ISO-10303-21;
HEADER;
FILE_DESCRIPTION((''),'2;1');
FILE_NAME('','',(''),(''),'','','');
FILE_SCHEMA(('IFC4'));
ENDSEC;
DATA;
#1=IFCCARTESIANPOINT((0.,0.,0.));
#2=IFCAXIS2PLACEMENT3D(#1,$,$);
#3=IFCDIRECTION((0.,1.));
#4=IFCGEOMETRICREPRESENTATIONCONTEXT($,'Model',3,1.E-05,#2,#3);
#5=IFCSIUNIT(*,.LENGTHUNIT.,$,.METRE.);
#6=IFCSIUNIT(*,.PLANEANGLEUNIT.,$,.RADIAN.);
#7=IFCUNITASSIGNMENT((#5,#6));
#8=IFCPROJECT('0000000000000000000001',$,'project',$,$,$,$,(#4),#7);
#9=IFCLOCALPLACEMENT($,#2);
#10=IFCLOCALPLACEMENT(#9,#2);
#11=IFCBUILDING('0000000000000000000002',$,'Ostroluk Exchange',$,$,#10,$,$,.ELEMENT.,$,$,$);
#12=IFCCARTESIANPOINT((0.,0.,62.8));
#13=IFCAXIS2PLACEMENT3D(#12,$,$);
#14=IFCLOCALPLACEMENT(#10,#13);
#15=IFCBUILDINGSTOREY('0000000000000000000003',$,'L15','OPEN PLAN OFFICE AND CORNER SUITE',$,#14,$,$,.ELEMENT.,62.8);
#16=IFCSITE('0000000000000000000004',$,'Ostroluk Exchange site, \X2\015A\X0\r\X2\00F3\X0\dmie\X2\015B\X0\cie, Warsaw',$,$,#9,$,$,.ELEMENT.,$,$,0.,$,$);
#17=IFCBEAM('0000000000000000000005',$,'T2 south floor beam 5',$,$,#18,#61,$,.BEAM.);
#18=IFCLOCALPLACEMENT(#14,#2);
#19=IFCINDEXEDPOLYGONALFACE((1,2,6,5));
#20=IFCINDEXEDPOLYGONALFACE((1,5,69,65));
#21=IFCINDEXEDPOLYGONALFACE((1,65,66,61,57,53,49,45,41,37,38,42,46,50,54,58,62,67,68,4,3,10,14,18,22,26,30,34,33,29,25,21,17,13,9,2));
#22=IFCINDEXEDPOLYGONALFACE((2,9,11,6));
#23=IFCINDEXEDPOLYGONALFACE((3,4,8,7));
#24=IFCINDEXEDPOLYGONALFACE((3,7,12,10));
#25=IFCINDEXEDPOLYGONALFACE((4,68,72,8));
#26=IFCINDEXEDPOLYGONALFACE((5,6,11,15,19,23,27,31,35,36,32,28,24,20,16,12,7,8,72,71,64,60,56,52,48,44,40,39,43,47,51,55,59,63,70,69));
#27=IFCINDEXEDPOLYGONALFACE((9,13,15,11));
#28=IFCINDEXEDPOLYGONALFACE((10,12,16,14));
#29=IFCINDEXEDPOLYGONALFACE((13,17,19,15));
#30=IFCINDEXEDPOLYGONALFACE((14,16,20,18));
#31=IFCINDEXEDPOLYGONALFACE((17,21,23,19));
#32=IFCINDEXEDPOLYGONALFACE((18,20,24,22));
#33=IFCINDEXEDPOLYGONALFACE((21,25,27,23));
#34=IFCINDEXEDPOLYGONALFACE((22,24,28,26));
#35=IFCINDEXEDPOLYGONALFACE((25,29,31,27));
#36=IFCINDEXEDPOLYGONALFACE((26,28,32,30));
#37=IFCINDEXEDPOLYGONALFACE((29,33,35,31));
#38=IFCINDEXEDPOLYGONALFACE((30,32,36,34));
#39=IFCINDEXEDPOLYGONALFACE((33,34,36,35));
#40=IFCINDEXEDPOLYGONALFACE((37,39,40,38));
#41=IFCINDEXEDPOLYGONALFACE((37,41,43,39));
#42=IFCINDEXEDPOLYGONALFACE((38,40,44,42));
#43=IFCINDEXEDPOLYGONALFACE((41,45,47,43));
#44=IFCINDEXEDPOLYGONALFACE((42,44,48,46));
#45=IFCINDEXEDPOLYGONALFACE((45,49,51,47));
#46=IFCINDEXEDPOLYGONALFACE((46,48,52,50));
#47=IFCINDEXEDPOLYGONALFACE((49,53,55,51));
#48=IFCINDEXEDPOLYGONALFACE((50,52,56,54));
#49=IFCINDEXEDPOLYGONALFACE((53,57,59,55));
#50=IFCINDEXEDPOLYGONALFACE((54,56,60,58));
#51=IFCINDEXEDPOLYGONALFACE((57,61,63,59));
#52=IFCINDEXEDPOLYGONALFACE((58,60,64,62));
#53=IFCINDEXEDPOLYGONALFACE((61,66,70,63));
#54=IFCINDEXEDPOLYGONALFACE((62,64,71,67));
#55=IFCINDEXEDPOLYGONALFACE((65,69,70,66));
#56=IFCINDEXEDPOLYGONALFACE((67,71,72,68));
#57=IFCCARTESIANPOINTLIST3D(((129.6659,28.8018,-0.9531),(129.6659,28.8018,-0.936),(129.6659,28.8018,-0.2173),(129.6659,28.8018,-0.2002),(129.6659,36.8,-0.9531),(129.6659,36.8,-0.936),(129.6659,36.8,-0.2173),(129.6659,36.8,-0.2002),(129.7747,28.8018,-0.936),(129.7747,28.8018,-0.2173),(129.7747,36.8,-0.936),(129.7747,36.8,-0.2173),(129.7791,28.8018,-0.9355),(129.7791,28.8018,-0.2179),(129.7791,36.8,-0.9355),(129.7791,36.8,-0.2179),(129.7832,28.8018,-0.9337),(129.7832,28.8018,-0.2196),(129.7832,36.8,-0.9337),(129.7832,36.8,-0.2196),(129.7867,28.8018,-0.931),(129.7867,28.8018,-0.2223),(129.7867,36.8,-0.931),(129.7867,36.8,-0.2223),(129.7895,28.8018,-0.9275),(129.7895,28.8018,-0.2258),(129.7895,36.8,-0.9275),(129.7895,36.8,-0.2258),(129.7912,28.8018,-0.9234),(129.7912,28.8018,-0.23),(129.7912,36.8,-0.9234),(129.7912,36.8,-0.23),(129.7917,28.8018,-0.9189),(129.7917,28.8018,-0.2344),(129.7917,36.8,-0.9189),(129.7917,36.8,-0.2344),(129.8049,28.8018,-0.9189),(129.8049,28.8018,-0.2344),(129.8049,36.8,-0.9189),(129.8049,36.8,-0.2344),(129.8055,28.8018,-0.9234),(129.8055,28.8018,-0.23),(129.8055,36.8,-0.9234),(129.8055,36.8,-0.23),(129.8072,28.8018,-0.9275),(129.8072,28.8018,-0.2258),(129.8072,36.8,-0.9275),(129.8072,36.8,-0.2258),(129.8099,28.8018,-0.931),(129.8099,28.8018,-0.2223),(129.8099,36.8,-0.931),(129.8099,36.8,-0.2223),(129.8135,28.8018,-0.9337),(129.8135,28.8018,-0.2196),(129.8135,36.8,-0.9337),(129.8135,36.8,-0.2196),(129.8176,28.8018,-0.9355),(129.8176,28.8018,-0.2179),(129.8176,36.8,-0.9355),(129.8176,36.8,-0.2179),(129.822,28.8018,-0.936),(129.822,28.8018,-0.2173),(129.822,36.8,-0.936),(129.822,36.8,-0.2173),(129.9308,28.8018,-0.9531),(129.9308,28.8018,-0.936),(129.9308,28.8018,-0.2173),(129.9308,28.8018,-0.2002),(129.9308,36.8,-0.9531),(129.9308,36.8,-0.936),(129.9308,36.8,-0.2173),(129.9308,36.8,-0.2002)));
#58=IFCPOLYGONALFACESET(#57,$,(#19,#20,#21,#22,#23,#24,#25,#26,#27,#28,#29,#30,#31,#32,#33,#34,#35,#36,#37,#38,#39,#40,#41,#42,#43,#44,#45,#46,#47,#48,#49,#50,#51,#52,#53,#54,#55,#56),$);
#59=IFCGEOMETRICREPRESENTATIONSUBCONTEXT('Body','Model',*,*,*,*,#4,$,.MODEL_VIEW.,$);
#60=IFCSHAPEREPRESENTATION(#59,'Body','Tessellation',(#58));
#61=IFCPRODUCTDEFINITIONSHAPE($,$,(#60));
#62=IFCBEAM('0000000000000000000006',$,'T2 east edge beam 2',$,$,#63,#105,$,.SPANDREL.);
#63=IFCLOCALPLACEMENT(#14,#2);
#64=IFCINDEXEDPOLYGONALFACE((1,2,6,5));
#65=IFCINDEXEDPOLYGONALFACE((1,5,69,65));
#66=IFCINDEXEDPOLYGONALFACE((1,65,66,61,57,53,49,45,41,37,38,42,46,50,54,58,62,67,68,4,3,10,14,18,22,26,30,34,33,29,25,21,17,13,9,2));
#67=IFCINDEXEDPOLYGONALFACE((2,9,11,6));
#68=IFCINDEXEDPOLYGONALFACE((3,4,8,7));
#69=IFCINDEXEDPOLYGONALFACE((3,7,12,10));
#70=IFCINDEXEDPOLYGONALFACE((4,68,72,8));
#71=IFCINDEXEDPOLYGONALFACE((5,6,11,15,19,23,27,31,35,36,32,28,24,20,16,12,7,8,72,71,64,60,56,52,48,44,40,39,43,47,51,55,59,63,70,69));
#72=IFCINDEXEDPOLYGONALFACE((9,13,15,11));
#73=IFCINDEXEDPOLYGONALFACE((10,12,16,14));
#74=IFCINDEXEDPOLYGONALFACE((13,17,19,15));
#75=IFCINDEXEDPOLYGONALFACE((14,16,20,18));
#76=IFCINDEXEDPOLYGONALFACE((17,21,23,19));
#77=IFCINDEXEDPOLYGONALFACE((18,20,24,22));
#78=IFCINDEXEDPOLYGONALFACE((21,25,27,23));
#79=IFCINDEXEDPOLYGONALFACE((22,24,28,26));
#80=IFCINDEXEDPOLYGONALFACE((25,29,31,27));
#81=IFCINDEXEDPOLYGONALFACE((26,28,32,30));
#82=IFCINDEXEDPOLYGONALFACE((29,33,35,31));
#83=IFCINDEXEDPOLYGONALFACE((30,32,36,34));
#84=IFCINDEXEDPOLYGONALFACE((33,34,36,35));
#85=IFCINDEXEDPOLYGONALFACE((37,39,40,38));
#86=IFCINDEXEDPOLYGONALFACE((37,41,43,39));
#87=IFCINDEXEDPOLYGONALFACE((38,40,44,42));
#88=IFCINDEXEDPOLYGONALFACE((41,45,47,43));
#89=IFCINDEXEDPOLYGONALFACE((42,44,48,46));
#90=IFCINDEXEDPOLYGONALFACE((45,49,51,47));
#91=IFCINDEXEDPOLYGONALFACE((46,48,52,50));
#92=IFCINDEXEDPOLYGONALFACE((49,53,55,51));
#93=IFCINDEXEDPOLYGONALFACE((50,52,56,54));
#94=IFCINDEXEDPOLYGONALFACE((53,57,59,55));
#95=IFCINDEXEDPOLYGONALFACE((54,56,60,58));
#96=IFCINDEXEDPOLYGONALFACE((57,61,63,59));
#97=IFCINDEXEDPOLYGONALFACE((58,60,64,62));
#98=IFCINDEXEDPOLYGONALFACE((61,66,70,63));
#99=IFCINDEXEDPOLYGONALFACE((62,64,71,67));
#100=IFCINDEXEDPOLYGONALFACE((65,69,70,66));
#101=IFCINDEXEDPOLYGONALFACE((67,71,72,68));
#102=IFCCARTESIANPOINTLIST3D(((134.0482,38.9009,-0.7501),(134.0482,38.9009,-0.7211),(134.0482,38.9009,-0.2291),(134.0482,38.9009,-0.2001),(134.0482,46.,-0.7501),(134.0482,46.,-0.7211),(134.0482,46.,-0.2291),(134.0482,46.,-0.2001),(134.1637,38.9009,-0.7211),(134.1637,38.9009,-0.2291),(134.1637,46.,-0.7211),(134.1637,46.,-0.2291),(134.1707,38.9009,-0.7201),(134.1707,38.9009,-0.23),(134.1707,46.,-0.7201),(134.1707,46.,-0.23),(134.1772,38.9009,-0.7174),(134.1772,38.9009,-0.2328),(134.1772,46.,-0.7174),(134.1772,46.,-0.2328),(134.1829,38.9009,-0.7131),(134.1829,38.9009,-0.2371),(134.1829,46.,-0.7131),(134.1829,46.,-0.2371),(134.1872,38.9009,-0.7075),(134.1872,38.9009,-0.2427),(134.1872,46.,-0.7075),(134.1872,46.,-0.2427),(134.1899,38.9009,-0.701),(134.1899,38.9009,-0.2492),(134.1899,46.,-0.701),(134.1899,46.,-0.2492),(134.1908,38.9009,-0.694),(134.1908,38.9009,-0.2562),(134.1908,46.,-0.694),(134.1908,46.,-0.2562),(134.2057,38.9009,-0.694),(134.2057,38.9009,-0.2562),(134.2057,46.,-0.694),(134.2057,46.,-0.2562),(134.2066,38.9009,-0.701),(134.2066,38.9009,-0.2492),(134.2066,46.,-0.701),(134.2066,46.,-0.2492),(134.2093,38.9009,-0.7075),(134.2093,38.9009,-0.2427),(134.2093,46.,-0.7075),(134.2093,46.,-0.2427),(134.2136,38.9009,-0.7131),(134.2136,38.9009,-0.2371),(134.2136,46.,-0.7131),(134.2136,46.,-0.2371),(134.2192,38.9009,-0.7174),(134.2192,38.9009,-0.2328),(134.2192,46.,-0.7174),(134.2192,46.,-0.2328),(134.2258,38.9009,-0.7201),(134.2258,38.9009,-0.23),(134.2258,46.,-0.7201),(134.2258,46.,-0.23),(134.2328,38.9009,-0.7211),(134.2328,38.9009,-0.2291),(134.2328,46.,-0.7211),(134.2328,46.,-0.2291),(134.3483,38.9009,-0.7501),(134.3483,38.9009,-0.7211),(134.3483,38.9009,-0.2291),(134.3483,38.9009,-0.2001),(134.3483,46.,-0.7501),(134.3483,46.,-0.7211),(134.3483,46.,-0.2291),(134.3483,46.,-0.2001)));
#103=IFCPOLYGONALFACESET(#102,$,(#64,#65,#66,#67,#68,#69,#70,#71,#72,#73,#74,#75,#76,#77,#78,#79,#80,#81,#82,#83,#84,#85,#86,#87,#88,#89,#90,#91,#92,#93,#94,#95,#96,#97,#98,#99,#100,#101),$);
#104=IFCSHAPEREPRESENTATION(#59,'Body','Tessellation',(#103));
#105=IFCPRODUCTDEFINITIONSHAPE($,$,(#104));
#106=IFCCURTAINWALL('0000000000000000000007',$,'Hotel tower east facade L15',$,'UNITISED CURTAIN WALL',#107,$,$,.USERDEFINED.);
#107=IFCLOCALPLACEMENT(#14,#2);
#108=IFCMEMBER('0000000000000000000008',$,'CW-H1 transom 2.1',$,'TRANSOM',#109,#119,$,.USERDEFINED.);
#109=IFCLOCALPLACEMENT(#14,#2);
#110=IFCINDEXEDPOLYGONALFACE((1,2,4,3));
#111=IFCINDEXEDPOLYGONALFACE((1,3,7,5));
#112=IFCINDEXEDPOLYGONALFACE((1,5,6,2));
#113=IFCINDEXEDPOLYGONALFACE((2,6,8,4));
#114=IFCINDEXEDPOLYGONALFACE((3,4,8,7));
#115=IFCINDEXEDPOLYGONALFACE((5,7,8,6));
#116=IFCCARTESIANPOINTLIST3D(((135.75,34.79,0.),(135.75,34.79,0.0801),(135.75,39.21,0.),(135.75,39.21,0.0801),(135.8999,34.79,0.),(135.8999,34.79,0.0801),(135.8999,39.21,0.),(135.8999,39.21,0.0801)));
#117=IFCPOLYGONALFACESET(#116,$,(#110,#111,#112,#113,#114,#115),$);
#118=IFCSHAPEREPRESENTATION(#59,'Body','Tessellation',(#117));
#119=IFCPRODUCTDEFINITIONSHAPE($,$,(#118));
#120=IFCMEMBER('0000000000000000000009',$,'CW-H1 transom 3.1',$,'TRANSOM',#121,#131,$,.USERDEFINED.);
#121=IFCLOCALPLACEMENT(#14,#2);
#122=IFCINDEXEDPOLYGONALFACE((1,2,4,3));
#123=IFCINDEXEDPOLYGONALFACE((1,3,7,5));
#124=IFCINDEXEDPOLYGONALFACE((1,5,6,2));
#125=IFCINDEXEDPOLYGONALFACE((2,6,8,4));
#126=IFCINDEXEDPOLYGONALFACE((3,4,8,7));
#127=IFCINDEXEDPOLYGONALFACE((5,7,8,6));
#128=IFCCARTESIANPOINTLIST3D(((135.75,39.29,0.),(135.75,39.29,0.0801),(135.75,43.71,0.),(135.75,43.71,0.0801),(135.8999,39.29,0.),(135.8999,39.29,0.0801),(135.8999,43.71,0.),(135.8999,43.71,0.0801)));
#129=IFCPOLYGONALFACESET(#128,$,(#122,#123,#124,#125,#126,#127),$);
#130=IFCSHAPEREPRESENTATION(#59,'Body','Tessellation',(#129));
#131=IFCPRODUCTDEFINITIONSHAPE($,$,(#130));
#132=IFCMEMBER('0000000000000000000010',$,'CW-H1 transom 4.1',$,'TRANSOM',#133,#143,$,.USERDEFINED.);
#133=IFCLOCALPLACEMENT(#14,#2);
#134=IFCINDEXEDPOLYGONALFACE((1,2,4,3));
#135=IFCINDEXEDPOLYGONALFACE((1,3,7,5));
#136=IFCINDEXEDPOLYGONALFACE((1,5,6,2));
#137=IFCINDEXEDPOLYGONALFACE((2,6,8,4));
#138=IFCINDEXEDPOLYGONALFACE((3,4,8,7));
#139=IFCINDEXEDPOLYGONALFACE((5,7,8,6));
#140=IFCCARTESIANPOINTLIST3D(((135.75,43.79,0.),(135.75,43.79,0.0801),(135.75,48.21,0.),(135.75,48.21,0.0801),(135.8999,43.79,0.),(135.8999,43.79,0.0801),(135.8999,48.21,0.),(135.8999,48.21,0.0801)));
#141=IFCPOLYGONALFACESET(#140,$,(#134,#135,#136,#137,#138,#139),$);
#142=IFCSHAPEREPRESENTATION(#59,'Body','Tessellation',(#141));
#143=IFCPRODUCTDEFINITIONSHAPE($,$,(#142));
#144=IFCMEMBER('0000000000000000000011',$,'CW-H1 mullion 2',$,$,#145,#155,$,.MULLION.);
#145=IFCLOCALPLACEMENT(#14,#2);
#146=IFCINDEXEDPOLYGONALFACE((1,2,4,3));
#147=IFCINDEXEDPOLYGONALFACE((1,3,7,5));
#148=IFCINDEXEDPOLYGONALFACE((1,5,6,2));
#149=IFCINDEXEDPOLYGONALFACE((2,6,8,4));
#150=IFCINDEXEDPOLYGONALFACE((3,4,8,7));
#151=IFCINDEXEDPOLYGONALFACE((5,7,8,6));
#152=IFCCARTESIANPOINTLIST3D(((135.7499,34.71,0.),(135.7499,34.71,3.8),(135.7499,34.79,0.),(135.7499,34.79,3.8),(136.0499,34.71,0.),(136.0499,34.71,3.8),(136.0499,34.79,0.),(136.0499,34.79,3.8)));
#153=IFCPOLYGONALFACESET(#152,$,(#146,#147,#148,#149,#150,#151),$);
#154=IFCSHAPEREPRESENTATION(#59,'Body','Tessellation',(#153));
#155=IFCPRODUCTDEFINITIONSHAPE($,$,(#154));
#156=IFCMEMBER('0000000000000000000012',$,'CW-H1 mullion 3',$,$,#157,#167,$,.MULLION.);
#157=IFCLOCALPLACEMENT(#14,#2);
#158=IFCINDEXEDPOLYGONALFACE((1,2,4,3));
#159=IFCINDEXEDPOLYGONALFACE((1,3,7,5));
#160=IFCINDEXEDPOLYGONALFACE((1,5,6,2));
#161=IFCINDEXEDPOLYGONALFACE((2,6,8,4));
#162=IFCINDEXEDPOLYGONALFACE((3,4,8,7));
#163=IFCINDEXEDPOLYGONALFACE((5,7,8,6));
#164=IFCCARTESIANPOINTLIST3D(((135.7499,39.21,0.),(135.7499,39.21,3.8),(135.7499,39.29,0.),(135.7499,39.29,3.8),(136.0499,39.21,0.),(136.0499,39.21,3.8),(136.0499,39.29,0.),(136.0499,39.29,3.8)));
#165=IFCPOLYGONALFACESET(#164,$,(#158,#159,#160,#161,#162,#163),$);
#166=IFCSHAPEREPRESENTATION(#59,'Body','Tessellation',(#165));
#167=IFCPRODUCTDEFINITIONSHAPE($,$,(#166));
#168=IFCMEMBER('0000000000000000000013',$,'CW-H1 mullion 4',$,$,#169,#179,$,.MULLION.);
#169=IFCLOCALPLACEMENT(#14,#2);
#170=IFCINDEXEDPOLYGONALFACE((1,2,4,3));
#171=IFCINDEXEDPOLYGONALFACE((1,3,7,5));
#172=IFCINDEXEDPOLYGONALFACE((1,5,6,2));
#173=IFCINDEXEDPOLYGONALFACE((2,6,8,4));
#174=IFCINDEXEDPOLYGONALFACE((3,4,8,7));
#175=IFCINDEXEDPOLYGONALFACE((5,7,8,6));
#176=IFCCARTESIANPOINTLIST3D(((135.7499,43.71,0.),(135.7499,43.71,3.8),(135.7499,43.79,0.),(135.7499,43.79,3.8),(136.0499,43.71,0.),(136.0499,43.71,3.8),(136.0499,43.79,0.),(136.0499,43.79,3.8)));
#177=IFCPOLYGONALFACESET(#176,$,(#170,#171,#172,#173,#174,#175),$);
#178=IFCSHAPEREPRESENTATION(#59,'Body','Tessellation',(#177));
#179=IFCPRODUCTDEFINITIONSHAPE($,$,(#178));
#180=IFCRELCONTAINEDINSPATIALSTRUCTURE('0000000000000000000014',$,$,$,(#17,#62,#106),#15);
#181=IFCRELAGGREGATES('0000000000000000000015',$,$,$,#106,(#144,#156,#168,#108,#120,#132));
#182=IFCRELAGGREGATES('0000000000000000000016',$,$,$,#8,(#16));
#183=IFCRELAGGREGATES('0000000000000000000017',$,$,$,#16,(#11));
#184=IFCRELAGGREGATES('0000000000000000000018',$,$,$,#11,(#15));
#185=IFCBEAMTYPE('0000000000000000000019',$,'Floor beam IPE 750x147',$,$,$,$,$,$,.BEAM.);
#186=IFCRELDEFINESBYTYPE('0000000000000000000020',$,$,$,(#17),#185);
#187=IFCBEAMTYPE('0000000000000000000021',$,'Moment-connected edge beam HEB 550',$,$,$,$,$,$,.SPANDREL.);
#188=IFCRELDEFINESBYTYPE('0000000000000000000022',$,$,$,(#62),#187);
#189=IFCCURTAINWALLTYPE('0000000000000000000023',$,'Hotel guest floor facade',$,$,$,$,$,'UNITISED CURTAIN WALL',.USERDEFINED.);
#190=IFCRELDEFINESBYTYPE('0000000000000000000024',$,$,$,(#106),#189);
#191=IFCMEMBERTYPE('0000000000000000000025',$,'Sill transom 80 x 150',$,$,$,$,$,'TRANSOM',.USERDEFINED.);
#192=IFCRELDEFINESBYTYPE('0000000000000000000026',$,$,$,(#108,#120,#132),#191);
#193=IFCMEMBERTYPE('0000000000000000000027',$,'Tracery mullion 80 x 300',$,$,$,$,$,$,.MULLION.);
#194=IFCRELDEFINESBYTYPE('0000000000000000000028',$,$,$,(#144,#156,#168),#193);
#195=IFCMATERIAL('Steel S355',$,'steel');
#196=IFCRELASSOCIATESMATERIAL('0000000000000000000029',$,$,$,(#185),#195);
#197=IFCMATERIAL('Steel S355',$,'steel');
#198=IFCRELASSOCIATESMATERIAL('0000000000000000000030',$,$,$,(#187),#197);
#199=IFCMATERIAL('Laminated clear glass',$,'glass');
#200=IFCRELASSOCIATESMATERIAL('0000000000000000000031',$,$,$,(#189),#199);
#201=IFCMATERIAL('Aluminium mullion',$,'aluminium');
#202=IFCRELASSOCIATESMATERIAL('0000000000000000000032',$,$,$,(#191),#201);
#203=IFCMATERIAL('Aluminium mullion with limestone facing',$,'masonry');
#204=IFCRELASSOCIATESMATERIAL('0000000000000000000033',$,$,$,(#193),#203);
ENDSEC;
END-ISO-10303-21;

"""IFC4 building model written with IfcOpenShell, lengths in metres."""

from ifc_helpers import new_model, si_unit, direction, frame, origin, origin_2d, place, context, subcontext, project, spatial, rectangle, i_section, extrude, material, material_profile, profile_set, type_object, element, aggregate, save


model = new_model("IFC4")

# Units and contexts
model_context = context("Model", 3, precision=1e-05, world=origin(), true_north=direction((0.0, 1.0)))
body_context = subcontext(model_context, "Body", "Model", "MODEL_VIEW")
ifc_project = project(units=[si_unit("LENGTHUNIT", "METRE"), si_unit("PLANEANGLEUNIT", "RADIAN")], contexts=[model_context])

# Site, building, storey
site_placement = place(None, origin())
site = spatial("IfcSite", under=ifc_project, at=site_placement, Name="Ostroluk Exchange site, Śródmieście, Warsaw", CompositionType="ELEMENT", RefElevation=0.0)
building_placement = place(site_placement, origin())
building = spatial("IfcBuilding", under=site, at=building_placement, Name="Ostroluk Exchange", CompositionType="ELEMENT")
storey_placement = place(building_placement, frame((0.0, 0.0, 62.8)))
storey = spatial("IfcBuildingStorey", under=building, at=storey_placement, Name="L15", Description="OPEN PLAN OFFICE AND CORNER SUITE", CompositionType="ELEMENT", Elevation=62.8)

# Beams
ifc_material_1 = material(Name="Steel S355", Category="steel")
ifc_material_profile_1 = material_profile(ifc_material_1, i_section(OverallWidth=0.2649, OverallDepth=0.7529, WebThickness=0.0132, FlangeThickness=0.0171, FilletRadius=0.0171, at=origin_2d()), Name="IPE 750x147")
ifc_profile_set_1 = profile_set([ifc_material_profile_1], Name="Steel S355")
beam_type_1 = type_object("IfcBeamType", Name="Floor beam IPE 750x147", PredefinedType="BEAM", material=ifc_profile_set_1)
beam_1_placement = place(storey_placement, frame((129.7983, 36.8, -0.5767), z_axis=(0.0, -1.0, 0.0), x_axis=(1.0, 0.0, 0.0)))
element("IfcBeam", 1, at=beam_1_placement, inside=storey, type_object=beam_type_1, Name="T2 south floor beam 5", PredefinedType="BEAM", context=body_context, shape_type="SweptSolid", body=[
    extrude(i_section(OverallWidth=0.2649, OverallDepth=0.7529, WebThickness=0.0132, FlangeThickness=0.0171, FilletRadius=0.0171, at=origin_2d()), origin(), (0.0, 0.0, 1.0), 7.9983),
])
ifc_material_2 = material(Name="Steel S355", Category="steel")
ifc_material_profile_2 = material_profile(ifc_material_2, i_section(OverallWidth=0.3, OverallDepth=0.55, WebThickness=0.0149, FlangeThickness=0.0291, FilletRadius=0.0271, at=origin_2d()), Name="HEB 550")
ifc_profile_set_2 = profile_set([ifc_material_profile_2], Name="Steel S355")
beam_type_2 = type_object("IfcBeamType", Name="Moment-connected edge beam HEB 550", PredefinedType="SPANDREL", material=ifc_profile_set_2)
beam_2_placement = place(storey_placement, frame((134.1982, 38.9009, -0.4751), z_axis=(0.0, 1.0, 0.0), x_axis=(-1.0, 0.0, 0.0)))
element("IfcBeam", 2, at=beam_2_placement, inside=storey, type_object=beam_type_2, Name="T2 east edge beam 2", PredefinedType="SPANDREL", context=body_context, shape_type="SweptSolid", body=[
    extrude(i_section(OverallWidth=0.3, OverallDepth=0.55, WebThickness=0.0149, FlangeThickness=0.0291, FilletRadius=0.0271, at=origin_2d()), origin(), (0.0, 0.0, 1.0), 7.0991),
])

# Curtain wall, members
ifc_material_3 = material(Name="Laminated clear glass", Category="glass")
curtain_wall_type = type_object("IfcCurtainWallType", Name="Hotel guest floor facade", ElementType="UNITISED CURTAIN WALL", PredefinedType="USERDEFINED", material=ifc_material_3)
curtain_wall_placement = place(storey_placement, origin())
curtain_wall = element("IfcCurtainWall", 3, at=curtain_wall_placement, inside=storey, type_object=curtain_wall_type, Name="Hotel tower east facade L15", ObjectType="UNITISED CURTAIN WALL", PredefinedType="USERDEFINED")
ifc_material_4 = material(Name="Aluminium mullion", Category="aluminium")
ifc_material_profile_3 = material_profile(ifc_material_4, rectangle(XDim=0.1499, YDim=0.0801, at=origin_2d()), Name="Sill transom 80 x 150")
ifc_profile_set_3 = profile_set([ifc_material_profile_3], Name="Aluminium mullion")
member_type_1 = type_object("IfcMemberType", Name="Sill transom 80 x 150", ElementType="TRANSOM", PredefinedType="USERDEFINED", material=ifc_profile_set_3)
member_1_placement = place(storey_placement, frame((135.825, 34.79, 0.04), z_axis=(0.0, 1.0, 0.0), x_axis=(-1.0, 0.0, 0.0)))
member_1 = element("IfcMember", 4, at=member_1_placement, type_object=member_type_1, Name="CW-H1 transom 2.1", ObjectType="TRANSOM", PredefinedType="USERDEFINED", context=body_context, shape_type="SweptSolid", body=[
    extrude(rectangle(XDim=0.1499, YDim=0.0801, at=origin_2d()), origin(), (0.0, 0.0, 1.0), 4.4199),
])
member_2_placement = place(storey_placement, frame((135.825, 39.29, 0.04), z_axis=(0.0, 1.0, 0.0), x_axis=(-1.0, 0.0, 0.0)))
member_2 = element("IfcMember", 5, at=member_2_placement, type_object=member_type_1, Name="CW-H1 transom 3.1", ObjectType="TRANSOM", PredefinedType="USERDEFINED", context=body_context, shape_type="SweptSolid", body=[
    extrude(rectangle(XDim=0.1499, YDim=0.0801, at=origin_2d()), origin(), (0.0, 0.0, 1.0), 4.4199),
])
member_3_placement = place(storey_placement, frame((135.825, 43.79, 0.04), z_axis=(0.0, 1.0, 0.0), x_axis=(-1.0, 0.0, 0.0)))
member_3 = element("IfcMember", 6, at=member_3_placement, type_object=member_type_1, Name="CW-H1 transom 4.1", ObjectType="TRANSOM", PredefinedType="USERDEFINED", context=body_context, shape_type="SweptSolid", body=[
    extrude(rectangle(XDim=0.1499, YDim=0.0801, at=origin_2d()), origin(), (0.0, 0.0, 1.0), 4.4199),
])
ifc_material_5 = material(Name="Aluminium mullion with limestone facing", Category="masonry")
ifc_material_profile_4 = material_profile(ifc_material_5, rectangle(XDim=0.3, YDim=0.0801, at=origin_2d()), Name="Tracery mullion 80 x 300")
ifc_profile_set_4 = profile_set([ifc_material_profile_4], Name="Aluminium mullion with limestone facing")
member_type_2 = type_object("IfcMemberType", Name="Tracery mullion 80 x 300", PredefinedType="MULLION", material=ifc_profile_set_4)
member_4_placement = place(storey_placement, frame((135.8999, 34.75, 0.0), z_axis=(0.0, 0.0, 1.0), x_axis=(-1.0, 0.0, 0.0)))
member_4 = element("IfcMember", 7, at=member_4_placement, type_object=member_type_2, Name="CW-H1 mullion 2", PredefinedType="MULLION", context=body_context, shape_type="SweptSolid", body=[
    extrude(rectangle(XDim=0.3, YDim=0.0801, at=origin_2d()), origin(), (0.0, 0.0, 1.0), 3.8),
])
member_5_placement = place(storey_placement, frame((135.8999, 39.25, 0.0), z_axis=(0.0, 0.0, 1.0), x_axis=(-1.0, 0.0, 0.0)))
member_5 = element("IfcMember", 8, at=member_5_placement, type_object=member_type_2, Name="CW-H1 mullion 3", PredefinedType="MULLION", context=body_context, shape_type="SweptSolid", body=[
    extrude(rectangle(XDim=0.3, YDim=0.0801, at=origin_2d()), origin(), (0.0, 0.0, 1.0), 3.8),
])
member_6_placement = place(storey_placement, frame((135.8999, 43.75, 0.0), z_axis=(0.0, 0.0, 1.0), x_axis=(-1.0, 0.0, 0.0)))
member_6 = element("IfcMember", 9, at=member_6_placement, type_object=member_type_2, Name="CW-H1 mullion 4", PredefinedType="MULLION", context=body_context, shape_type="SweptSolid", body=[
    extrude(rectangle(XDim=0.3, YDim=0.0801, at=origin_2d()), origin(), (0.0, 0.0, 1.0), 3.8),
])
aggregate(curtain_wall, [member_4, member_5, member_6, member_1, member_2, member_3])

save(model, "model.ifc")
